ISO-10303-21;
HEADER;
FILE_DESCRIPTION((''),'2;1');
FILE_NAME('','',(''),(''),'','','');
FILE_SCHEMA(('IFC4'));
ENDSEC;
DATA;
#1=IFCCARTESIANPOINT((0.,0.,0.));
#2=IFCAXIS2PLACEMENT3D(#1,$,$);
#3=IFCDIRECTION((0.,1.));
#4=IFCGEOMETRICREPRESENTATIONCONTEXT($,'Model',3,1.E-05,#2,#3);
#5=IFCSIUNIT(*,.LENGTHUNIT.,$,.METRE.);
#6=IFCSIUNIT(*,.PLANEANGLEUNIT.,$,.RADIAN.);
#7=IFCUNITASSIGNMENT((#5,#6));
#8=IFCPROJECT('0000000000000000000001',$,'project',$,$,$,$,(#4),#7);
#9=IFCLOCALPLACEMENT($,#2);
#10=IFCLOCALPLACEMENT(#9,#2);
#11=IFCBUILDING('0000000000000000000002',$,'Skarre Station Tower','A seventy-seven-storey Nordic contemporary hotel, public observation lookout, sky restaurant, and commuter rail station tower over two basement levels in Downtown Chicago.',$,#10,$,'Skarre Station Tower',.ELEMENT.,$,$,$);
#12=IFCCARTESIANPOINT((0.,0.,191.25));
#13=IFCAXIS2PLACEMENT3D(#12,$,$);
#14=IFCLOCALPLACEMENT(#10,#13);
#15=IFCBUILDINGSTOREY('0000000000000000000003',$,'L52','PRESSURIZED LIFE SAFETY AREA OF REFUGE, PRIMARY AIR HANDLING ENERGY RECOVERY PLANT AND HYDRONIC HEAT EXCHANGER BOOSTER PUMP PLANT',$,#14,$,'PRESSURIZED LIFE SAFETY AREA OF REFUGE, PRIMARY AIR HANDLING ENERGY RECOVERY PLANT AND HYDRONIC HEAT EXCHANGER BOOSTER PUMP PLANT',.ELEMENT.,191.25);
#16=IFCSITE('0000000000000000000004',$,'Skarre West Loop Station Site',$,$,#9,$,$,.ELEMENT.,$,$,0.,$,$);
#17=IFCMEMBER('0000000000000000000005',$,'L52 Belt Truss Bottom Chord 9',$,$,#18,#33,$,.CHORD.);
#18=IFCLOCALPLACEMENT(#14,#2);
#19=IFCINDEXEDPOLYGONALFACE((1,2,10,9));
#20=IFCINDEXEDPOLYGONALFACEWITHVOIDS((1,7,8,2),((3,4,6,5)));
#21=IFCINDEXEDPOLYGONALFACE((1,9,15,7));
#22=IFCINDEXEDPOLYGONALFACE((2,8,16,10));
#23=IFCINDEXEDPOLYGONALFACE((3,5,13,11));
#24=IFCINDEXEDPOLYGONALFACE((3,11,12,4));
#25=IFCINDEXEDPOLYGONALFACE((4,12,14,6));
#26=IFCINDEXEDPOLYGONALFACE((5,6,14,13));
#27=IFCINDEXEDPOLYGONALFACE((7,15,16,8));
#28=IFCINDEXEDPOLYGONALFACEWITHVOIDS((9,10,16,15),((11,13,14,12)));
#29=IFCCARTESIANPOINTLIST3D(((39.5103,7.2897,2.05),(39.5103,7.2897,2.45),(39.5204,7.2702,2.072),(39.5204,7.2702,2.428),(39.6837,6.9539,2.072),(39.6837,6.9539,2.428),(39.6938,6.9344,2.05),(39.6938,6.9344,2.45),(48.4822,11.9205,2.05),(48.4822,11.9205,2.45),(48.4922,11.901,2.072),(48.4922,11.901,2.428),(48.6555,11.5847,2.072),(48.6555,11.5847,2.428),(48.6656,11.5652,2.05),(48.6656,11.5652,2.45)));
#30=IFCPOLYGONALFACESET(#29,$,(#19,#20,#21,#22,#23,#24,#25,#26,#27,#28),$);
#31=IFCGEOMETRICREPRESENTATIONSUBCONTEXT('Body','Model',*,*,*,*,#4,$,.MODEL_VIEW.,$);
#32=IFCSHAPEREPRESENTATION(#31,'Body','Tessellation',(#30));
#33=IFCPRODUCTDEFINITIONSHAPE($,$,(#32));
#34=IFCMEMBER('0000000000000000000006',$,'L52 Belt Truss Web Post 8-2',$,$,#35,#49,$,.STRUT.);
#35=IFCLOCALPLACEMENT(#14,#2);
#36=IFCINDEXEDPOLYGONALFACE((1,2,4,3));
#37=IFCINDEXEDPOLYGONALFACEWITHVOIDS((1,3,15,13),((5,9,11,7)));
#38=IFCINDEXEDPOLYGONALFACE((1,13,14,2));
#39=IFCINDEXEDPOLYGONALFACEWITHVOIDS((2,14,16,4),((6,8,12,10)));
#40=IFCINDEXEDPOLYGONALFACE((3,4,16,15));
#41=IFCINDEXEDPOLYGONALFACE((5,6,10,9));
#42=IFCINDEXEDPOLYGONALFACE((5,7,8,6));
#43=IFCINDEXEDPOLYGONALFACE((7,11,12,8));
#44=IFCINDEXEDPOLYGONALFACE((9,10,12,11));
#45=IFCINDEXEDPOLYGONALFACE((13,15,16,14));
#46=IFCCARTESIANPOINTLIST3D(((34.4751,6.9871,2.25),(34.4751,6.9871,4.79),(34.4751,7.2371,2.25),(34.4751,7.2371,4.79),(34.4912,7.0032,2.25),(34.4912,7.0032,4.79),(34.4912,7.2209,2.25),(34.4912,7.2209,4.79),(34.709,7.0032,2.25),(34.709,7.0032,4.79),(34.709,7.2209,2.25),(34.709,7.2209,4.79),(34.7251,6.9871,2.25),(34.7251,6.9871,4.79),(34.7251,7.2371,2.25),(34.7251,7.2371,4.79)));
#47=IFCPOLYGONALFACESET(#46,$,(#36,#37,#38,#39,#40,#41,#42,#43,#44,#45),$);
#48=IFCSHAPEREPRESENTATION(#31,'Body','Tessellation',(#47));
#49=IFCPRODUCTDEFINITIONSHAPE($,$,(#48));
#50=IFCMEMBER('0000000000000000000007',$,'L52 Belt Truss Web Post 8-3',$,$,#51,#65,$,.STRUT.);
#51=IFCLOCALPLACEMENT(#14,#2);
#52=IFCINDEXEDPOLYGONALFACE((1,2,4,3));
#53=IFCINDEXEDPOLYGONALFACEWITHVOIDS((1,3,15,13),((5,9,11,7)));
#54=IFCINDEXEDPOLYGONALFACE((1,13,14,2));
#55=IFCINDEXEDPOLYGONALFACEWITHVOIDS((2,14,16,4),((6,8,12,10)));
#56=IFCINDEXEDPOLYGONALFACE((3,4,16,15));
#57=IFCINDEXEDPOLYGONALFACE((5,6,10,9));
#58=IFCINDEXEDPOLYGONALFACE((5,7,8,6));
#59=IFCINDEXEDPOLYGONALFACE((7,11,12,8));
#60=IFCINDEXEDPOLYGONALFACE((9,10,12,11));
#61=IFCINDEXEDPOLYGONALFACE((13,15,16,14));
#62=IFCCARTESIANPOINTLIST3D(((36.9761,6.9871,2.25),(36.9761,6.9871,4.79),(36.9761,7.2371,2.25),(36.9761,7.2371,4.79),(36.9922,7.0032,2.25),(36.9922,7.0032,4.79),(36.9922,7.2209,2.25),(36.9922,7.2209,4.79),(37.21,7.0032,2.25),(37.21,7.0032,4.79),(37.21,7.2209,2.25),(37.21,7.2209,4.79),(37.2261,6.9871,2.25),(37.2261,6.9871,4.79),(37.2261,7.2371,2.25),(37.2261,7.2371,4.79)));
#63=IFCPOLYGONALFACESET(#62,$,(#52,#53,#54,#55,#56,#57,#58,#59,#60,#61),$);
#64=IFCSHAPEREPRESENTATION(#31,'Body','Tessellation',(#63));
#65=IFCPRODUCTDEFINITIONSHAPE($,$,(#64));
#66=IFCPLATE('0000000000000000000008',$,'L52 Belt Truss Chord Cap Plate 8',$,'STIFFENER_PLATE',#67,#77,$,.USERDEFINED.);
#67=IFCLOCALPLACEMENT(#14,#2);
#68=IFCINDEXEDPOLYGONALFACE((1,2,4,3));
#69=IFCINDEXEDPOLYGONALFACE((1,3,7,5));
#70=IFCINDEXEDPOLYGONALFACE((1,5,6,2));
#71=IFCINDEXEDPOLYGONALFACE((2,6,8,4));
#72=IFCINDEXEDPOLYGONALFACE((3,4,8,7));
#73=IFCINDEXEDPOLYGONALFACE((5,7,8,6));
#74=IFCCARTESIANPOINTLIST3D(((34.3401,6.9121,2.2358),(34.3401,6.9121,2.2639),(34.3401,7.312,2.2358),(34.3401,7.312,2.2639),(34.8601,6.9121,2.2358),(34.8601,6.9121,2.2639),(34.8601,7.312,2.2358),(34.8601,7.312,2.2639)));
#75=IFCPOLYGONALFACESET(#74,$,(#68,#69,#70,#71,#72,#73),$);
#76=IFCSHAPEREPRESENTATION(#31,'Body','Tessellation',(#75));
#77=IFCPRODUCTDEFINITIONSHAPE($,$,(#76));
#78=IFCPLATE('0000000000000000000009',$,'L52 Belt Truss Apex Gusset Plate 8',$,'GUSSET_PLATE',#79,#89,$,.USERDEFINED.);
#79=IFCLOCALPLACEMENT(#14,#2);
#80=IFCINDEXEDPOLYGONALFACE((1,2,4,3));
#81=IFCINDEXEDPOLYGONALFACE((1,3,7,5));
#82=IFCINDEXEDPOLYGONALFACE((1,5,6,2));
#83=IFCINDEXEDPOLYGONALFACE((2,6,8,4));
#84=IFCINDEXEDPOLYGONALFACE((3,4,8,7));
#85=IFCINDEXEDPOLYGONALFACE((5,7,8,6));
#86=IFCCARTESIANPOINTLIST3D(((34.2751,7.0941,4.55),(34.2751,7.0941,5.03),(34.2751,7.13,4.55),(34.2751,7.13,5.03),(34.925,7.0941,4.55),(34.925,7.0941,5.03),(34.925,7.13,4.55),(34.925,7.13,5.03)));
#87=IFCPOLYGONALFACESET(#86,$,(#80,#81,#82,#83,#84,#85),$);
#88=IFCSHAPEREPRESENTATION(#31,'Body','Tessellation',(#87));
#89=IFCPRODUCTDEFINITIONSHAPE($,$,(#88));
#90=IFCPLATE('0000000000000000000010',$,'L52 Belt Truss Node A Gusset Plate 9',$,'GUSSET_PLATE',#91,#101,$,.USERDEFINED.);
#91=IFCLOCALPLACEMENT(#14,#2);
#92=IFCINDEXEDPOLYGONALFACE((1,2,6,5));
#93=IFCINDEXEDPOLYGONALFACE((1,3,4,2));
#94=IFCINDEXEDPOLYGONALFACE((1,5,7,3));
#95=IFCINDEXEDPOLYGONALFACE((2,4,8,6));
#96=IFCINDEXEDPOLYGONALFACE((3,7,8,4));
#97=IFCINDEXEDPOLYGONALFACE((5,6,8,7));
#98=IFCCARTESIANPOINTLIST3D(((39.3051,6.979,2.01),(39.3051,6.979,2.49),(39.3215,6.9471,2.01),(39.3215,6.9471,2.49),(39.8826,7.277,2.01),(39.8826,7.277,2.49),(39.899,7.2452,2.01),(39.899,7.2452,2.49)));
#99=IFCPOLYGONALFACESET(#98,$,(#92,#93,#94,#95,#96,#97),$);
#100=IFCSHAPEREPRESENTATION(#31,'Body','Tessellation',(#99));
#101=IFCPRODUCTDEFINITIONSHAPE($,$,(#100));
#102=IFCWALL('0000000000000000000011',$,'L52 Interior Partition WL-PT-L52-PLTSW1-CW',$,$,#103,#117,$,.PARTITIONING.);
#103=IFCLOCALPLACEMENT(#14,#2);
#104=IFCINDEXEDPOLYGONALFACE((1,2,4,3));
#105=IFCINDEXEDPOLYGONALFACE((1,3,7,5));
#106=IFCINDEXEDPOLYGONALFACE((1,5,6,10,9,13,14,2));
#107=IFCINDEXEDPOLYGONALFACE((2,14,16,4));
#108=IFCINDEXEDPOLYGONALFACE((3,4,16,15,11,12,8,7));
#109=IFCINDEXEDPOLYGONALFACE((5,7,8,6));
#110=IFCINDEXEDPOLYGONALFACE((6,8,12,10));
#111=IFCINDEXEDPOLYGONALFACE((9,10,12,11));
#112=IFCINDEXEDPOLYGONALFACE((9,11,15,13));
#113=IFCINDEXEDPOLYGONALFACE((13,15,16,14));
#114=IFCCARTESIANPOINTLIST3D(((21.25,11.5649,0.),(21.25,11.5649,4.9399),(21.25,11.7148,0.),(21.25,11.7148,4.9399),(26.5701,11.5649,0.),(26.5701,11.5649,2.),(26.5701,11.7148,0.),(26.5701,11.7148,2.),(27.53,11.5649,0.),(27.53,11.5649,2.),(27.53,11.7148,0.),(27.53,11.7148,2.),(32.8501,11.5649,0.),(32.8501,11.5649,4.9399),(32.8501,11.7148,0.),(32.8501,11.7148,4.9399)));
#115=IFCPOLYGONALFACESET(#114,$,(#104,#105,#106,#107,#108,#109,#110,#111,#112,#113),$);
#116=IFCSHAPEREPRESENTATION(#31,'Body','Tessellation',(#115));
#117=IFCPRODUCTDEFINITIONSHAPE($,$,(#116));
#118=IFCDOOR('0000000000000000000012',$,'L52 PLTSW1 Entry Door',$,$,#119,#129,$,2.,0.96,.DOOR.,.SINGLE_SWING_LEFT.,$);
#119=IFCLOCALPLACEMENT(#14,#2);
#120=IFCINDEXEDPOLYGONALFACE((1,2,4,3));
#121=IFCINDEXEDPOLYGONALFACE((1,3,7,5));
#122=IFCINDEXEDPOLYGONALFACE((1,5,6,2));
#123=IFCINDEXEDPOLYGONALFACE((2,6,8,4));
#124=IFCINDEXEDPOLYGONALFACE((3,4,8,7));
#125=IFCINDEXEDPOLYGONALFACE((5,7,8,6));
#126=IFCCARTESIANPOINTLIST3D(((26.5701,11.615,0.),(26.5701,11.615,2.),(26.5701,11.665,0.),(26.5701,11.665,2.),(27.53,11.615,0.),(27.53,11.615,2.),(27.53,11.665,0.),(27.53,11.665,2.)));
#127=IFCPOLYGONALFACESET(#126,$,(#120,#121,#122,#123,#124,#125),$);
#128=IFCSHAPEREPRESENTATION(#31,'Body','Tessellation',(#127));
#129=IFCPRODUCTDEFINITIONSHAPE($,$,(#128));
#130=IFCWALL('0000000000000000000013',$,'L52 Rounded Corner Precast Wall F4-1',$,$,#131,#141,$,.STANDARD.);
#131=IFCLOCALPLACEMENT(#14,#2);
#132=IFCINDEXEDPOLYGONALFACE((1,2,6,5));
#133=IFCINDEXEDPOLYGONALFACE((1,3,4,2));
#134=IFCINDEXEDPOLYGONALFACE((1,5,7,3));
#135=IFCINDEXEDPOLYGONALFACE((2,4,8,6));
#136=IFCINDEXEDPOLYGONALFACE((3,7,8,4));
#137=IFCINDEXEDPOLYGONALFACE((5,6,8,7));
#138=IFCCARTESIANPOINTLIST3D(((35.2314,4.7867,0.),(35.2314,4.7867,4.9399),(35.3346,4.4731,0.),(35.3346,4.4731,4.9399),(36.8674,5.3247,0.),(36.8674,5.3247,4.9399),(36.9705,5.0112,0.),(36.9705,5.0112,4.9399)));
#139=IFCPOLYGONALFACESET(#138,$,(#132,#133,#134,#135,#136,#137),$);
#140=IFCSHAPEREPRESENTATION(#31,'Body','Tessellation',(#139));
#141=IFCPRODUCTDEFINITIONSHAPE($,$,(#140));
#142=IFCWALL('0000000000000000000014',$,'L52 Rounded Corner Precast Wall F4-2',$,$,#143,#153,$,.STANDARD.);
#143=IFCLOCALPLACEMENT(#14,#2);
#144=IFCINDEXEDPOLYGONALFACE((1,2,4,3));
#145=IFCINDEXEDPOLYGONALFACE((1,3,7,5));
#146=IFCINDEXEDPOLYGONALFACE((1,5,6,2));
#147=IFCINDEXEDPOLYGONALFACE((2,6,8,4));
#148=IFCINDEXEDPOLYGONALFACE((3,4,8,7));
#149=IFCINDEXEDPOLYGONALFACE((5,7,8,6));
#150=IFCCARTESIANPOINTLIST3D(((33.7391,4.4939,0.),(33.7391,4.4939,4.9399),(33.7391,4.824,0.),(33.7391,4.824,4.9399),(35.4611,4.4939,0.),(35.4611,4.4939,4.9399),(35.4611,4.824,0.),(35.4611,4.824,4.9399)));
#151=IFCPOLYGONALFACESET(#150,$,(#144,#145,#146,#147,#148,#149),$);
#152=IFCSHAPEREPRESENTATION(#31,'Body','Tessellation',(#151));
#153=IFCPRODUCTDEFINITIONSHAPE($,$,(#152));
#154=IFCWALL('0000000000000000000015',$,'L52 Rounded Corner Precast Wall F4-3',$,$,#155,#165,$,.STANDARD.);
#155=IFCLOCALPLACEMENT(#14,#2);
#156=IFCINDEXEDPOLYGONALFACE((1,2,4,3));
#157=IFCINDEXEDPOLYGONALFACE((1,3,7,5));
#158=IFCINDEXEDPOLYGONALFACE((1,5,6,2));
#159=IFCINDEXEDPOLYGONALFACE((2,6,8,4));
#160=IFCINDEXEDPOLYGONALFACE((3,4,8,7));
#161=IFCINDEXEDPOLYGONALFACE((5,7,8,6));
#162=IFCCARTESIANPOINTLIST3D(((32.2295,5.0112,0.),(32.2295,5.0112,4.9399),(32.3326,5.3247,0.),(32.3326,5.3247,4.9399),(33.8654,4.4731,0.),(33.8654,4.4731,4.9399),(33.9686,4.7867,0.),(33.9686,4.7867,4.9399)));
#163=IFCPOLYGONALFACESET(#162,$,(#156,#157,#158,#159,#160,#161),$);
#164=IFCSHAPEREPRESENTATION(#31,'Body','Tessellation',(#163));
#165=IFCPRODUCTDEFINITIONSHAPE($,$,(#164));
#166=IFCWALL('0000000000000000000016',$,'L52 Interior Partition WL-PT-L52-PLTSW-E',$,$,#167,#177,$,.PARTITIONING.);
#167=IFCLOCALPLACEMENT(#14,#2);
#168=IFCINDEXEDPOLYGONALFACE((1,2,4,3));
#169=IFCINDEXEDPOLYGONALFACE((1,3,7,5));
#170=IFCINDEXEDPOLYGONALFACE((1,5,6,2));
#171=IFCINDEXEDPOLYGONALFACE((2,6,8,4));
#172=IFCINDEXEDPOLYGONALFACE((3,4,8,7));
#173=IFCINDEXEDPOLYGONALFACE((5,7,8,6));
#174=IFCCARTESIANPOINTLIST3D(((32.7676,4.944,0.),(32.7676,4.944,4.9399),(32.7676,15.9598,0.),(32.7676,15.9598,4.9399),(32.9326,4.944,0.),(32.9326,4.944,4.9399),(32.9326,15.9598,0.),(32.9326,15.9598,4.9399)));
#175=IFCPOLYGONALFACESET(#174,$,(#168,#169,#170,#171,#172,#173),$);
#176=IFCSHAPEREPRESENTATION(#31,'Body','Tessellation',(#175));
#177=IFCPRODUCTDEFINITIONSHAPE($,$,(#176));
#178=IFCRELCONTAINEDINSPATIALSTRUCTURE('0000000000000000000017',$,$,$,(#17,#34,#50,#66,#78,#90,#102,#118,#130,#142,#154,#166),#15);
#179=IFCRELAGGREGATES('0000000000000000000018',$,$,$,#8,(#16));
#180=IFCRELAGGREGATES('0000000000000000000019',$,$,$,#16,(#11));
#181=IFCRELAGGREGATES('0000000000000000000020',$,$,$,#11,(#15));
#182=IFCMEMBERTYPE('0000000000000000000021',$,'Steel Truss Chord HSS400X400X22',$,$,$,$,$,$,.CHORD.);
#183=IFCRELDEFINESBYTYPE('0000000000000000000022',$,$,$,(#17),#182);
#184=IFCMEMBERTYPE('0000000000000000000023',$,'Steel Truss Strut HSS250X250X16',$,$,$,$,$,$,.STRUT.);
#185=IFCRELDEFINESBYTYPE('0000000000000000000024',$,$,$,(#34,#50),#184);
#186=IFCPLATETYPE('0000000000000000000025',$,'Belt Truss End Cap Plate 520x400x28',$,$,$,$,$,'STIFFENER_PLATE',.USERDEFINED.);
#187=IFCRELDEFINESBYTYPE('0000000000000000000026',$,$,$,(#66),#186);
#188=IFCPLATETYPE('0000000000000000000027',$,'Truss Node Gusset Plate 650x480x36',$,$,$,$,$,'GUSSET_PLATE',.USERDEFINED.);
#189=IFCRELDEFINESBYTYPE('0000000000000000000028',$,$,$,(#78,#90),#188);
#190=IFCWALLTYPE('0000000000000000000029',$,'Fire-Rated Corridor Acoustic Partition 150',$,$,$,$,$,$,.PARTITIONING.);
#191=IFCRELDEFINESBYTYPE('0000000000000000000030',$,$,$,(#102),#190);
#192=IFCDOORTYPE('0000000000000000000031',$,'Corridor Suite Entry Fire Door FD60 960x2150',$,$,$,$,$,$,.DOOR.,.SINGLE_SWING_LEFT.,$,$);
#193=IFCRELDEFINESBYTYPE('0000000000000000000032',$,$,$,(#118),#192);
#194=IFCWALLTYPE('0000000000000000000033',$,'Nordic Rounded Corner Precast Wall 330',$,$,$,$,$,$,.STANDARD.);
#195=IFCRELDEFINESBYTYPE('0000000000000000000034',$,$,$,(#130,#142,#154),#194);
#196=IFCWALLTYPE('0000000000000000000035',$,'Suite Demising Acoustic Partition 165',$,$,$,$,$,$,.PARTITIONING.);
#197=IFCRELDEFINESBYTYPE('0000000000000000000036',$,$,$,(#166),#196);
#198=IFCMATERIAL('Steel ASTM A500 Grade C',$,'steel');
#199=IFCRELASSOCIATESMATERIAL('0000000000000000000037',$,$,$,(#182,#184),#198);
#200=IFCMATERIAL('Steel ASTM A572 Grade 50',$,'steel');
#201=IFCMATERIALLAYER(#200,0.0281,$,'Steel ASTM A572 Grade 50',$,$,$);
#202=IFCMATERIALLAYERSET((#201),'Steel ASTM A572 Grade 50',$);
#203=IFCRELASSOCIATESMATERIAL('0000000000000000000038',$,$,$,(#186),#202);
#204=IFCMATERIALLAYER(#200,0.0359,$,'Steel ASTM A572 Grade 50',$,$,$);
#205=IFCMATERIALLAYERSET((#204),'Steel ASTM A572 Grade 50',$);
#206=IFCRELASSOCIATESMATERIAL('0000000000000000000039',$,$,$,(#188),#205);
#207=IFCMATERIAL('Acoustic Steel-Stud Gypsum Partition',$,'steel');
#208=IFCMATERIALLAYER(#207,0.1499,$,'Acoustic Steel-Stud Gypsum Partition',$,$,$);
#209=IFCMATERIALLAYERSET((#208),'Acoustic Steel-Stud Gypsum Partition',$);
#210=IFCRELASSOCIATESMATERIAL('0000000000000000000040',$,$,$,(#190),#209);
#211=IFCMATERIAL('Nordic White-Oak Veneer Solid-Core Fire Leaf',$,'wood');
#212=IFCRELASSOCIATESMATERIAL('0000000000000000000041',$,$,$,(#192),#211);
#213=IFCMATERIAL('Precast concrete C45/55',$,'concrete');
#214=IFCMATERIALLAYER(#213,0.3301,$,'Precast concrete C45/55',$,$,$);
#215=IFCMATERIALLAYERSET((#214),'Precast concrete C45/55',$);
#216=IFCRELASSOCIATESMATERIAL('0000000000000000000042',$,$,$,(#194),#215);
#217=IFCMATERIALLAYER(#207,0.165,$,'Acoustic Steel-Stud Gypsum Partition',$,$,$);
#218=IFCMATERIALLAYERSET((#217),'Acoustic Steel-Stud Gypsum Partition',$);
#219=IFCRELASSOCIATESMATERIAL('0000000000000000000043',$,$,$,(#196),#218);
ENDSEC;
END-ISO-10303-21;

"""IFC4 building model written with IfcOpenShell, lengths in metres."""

from ifc_helpers import new_model, si_unit, direction, frame, frame_2d, origin, origin_2d, place, context, subcontext, project, spatial, rectangle, hollow_rectangle, extrude, material, layer, layer_set, material_profile, profile_set, type_object, element, fill, save


model = new_model("IFC4")

# Units and contexts
model_context = context("Model", 3, precision=1e-05, world=origin(), true_north=direction((0.0, 1.0)))
body_context = subcontext(model_context, "Body", "Model", "MODEL_VIEW")
ifc_project = project(units=[si_unit("LENGTHUNIT", "METRE"), si_unit("PLANEANGLEUNIT", "RADIAN")], contexts=[model_context])

# Site, building, storey
site_placement = place(None, origin())
site = spatial("IfcSite", under=ifc_project, at=site_placement, Name="Skarre West Loop Station Site", CompositionType="ELEMENT", RefElevation=0.0)
building_placement = place(site_placement, origin())
building = spatial("IfcBuilding", under=site, at=building_placement, Name="Skarre Station Tower", Description="A seventy-seven-storey Nordic contemporary hotel, public observation lookout, sky restaurant, and commuter rail station tower over two basement levels in Downtown Chicago.", LongName="Skarre Station Tower", CompositionType="ELEMENT")
storey_placement = place(building_placement, frame((0.0, 0.0, 191.25)))
storey = spatial("IfcBuildingStorey", under=building, at=storey_placement, Name="L52", Description="PRESSURIZED LIFE SAFETY AREA OF REFUGE, PRIMARY AIR HANDLING ENERGY RECOVERY PLANT AND HYDRONIC HEAT EXCHANGER BOOSTER PUMP PLANT", LongName="PRESSURIZED LIFE SAFETY AREA OF REFUGE, PRIMARY AIR HANDLING ENERGY RECOVERY PLANT AND HYDRONIC HEAT EXCHANGER BOOSTER PUMP PLANT", CompositionType="ELEMENT", Elevation=191.25)

# Members
ifc_material_1 = material(Name="Steel ASTM A500 Grade C", Category="steel")
ifc_material_profile_1 = material_profile(ifc_material_1, hollow_rectangle(XDim=0.3999, YDim=0.3999, WallThickness=0.022, at=origin_2d()), Name="Steel ASTM A500 Grade C")
ifc_profile_set_1 = profile_set([ifc_material_profile_1], Name="Steel ASTM A500 Grade C")
member_type_1 = type_object("IfcMemberType", Name="Steel Truss Chord HSS400X400X22", PredefinedType="CHORD", material=ifc_profile_set_1)
member_1_placement = place(storey_placement, frame((39.6021, 7.1121, 2.25), z_axis=(0.888613, 0.458658, 0.0), x_axis=(-0.458658, 0.888613, 0.0)))
element("IfcMember", 1, at=member_1_placement, inside=storey, type_object=member_type_1, Name="L52 Belt Truss Bottom Chord 9", PredefinedType="CHORD", context=body_context, shape_type="SweptSolid", body=[
    extrude(hollow_rectangle(XDim=0.3999, YDim=0.3999, WallThickness=0.022, at=origin_2d()), origin(), (0.0, 0.0, 1.0), 10.0964),
])
ifc_material_profile_2 = material_profile(ifc_material_1, hollow_rectangle(XDim=0.25, YDim=0.25, WallThickness=0.0161, at=origin_2d()), Name="Steel ASTM A500 Grade C")
ifc_profile_set_2 = profile_set([ifc_material_profile_2], Name="Steel ASTM A500 Grade C")
member_type_2 = type_object("IfcMemberType", Name="Steel Truss Strut HSS250X250X16", PredefinedType="STRUT", material=ifc_profile_set_2)
for number, where, z_axis, x_axis, name in (
    (2, (34.6001, 7.1121, 2.25), (0.0, 0.0, 1.0), (1.0, 0.0, 0.0), "L52 Belt Truss Web Post 8-2"),
    (3, (37.1011, 7.1121, 2.25), (0.0, 0.0, 1.0), (1.0, 0.0, 0.0), "L52 Belt Truss Web Post 8-3"),
):
    element("IfcMember", number, at=place(storey_placement, frame(where, z_axis=z_axis, x_axis=x_axis)), inside=storey, type_object=member_type_2, Name=name, PredefinedType="STRUT", context=body_context, shape_type="SweptSolid", body=[
        extrude(hollow_rectangle(XDim=0.25, YDim=0.25, WallThickness=0.0161, at=origin_2d()), origin(), (0.0, 0.0, 1.0), 2.54),
    ])

# Plates
ifc_material_2 = material(Name="Steel ASTM A572 Grade 50", Category="steel")
ifc_layer_1 = layer(ifc_material_2, 0.0281, Name="Steel ASTM A572 Grade 50")
ifc_layer_set_1 = layer_set([ifc_layer_1], Name="Steel ASTM A572 Grade 50")
plate_type_1 = type_object("IfcPlateType", Name="Belt Truss End Cap Plate 520x400x28", ElementType="STIFFENER_PLATE", PredefinedType="USERDEFINED", material=ifc_layer_set_1)
plate_placement = place(storey_placement, frame((34.6001, 7.1121, 2.2358), z_axis=(0.0, 0.0, 1.0), x_axis=(1.0, 0.0, 0.0)))
element("IfcPlate", 4, at=plate_placement, inside=storey, type_object=plate_type_1, Name="L52 Belt Truss Chord Cap Plate 8", ObjectType="STIFFENER_PLATE", PredefinedType="USERDEFINED", context=body_context, shape_type="SweptSolid", body=[
    extrude(rectangle(XDim=0.52, YDim=0.3999, at=origin_2d()), origin(), (0.0, 0.0, 1.0), 0.0281),
])
ifc_layer_2 = layer(ifc_material_2, 0.0359, Name="Steel ASTM A572 Grade 50")
ifc_layer_set_2 = layer_set([ifc_layer_2], Name="Steel ASTM A572 Grade 50")
plate_type_2 = type_object("IfcPlateType", Name="Truss Node Gusset Plate 650x480x36", ElementType="GUSSET_PLATE", PredefinedType="USERDEFINED", material=ifc_layer_set_2)
for number, where, z_axis, x_axis, name in (
    (5, (34.6001, 7.1121, 4.55), (0.0, 0.0, 1.0), (1.0, 0.0, 0.0), "L52 Belt Truss Apex Gusset Plate 8"),
    (6, (39.6021, 7.1121, 2.01), (0.0, 0.0, 1.0), (0.888609, 0.458665, 0.0), "L52 Belt Truss Node A Gusset Plate 9"),
):
    element("IfcPlate", number, at=place(storey_placement, frame(where, z_axis=z_axis, x_axis=x_axis)), inside=storey, type_object=plate_type_2, Name=name, ObjectType="GUSSET_PLATE", PredefinedType="USERDEFINED", context=body_context, shape_type="SweptSolid", body=[
        extrude(rectangle(XDim=0.6499, YDim=0.0359, at=origin_2d()), origin(), (0.0, 0.0, 1.0), 0.48),
    ])

# Wall, opening, door
ifc_material_3 = material(Name="Acoustic Steel-Stud Gypsum Partition", Category="steel")
ifc_layer_3 = layer(ifc_material_3, 0.1499, Name="Acoustic Steel-Stud Gypsum Partition")
ifc_layer_set_3 = layer_set([ifc_layer_3], Name="Acoustic Steel-Stud Gypsum Partition")
wall_type_1 = type_object("IfcWallType", Name="Fire-Rated Corridor Acoustic Partition 150", PredefinedType="PARTITIONING", material=ifc_layer_set_3)
wall_1_placement = place(storey_placement, frame((32.8501, 11.6399, 0.0), z_axis=(0.0, 0.0, 1.0), x_axis=(-1.0, 0.0, 0.0)))
wall_1 = element("IfcWall", 7, at=wall_1_placement, inside=storey, type_object=wall_type_1, Name="L52 Interior Partition WL-PT-L52-PLTSW1-CW", PredefinedType="PARTITIONING", context=body_context, shape_type="SweptSolid", body=[
    extrude(rectangle(XDim=11.6001, YDim=0.1499, at=frame_2d((5.8, 0.0))), origin(), (0.0, 0.0, 1.0), 4.9399),
])
opening_placement = place(wall_1_placement, frame((5.3201, 0.0, 0.0)))
opening = element("IfcOpeningElement", 8, at=opening_placement, cuts=wall_1, PredefinedType="OPENING", context=body_context, shape_type="SweptSolid", body=[
    extrude(rectangle(XDim=0.96, YDim=2.0, at=frame_2d((0.48, 1.0))), frame((0.0, 0.085, 0.0), z_axis=(0.0, -1.0, 0.0), x_axis=(1.0, 0.0, 0.0)), (0.0, 0.0, 1.0), 0.1699),
])
ifc_material_4 = material(Name="Nordic White-Oak Veneer Solid-Core Fire Leaf", Category="wood")
door_type = type_object("IfcDoorType", Name="Corridor Suite Entry Fire Door FD60 960x2150", OperationType="SINGLE_SWING_LEFT", PredefinedType="DOOR", material=ifc_material_4)
door_placement = place(opening_placement, origin())
door = element("IfcDoor", 9, at=door_placement, inside=storey, type_object=door_type, Name="L52 PLTSW1 Entry Door", OperationType="SINGLE_SWING_LEFT", OverallHeight=2.0, OverallWidth=0.96, PredefinedType="DOOR", context=body_context, shape_type="SweptSolid", body=[
    extrude(rectangle(XDim=0.96, YDim=2.0, at=frame_2d((0.48, 1.0))), frame((0.0, 0.0249, 0.0), z_axis=(0.0, -1.0, 0.0), x_axis=(1.0, 0.0, 0.0)), (0.0, 0.0, 1.0), 0.05),
])
fill(opening, door)

# Walls
ifc_material_5 = material(Name="Precast concrete C45/55", Category="concrete")
ifc_layer_4 = layer(ifc_material_5, 0.3301, Name="Precast concrete C45/55")
ifc_layer_set_4 = layer_set([ifc_layer_4], Name="Precast concrete C45/55")
wall_type_2 = type_object("IfcWallType", Name="Nordic Rounded Corner Precast Wall 330", PredefinedType="STANDARD", material=ifc_layer_set_4)
wall_2_placement = place(storey_placement, frame((36.9189, 5.168, 0.0), z_axis=(0.0, 0.0, 1.0), x_axis=(-0.949937, -0.31244, 0.0)))
element("IfcWall", 10, at=wall_2_placement, inside=storey, type_object=wall_type_2, Name="L52 Rounded Corner Precast Wall F4-1", PredefinedType="STANDARD", context=body_context, shape_type="SweptSolid", body=[
    extrude(rectangle(XDim=1.7222, YDim=0.3301, at=frame_2d((0.8611, 0.0))), origin(), (0.0, 0.0, 1.0), 4.9399),
])
wall_3_placement = place(storey_placement, frame((35.4609, 4.6589, 0.0), z_axis=(0.0, 0.0, 1.0), x_axis=(-1.0, 0.0, 0.0)))
element("IfcWall", 11, at=wall_3_placement, inside=storey, type_object=wall_type_2, Name="L52 Rounded Corner Precast Wall F4-2", PredefinedType="STANDARD", context=body_context, shape_type="SweptSolid", body=[
    extrude(rectangle(XDim=1.7219, YDim=0.3301, at=frame_2d((0.8608, 0.0))), origin(), (0.0, 0.0, 1.0), 4.9399),
])
wall_4_placement = place(storey_placement, frame((33.917, 4.6299, 0.0), z_axis=(0.0, 0.0, 1.0), x_axis=(-0.949937, 0.31244, 0.0)))
element("IfcWall", 12, at=wall_4_placement, inside=storey, type_object=wall_type_2, Name="L52 Rounded Corner Precast Wall F4-3", PredefinedType="STANDARD", context=body_context, shape_type="SweptSolid", body=[
    extrude(rectangle(XDim=1.7222, YDim=0.3301, at=frame_2d((0.8611, 0.0))), origin(), (0.0, 0.0, 1.0), 4.9399),
])
ifc_layer_5 = layer(ifc_material_3, 0.165, Name="Acoustic Steel-Stud Gypsum Partition")
ifc_layer_set_5 = layer_set([ifc_layer_5], Name="Acoustic Steel-Stud Gypsum Partition")
wall_type_3 = type_object("IfcWallType", Name="Suite Demising Acoustic Partition 165", PredefinedType="PARTITIONING", material=ifc_layer_set_5)
wall_5_placement = place(storey_placement, frame((32.8501, 4.9441, 0.0), z_axis=(0.0, 0.0, 1.0), x_axis=(0.0, 1.0, 0.0)))
element("IfcWall", 13, at=wall_5_placement, inside=storey, type_object=wall_type_3, Name="L52 Interior Partition WL-PT-L52-PLTSW-E", PredefinedType="PARTITIONING", context=body_context, shape_type="SweptSolid", body=[
    extrude(rectangle(XDim=11.0159, YDim=0.165, at=frame_2d((5.5078, 0.0))), origin(), (0.0, 0.0, 1.0), 4.9399),
])

save(model, "model.ifc")
